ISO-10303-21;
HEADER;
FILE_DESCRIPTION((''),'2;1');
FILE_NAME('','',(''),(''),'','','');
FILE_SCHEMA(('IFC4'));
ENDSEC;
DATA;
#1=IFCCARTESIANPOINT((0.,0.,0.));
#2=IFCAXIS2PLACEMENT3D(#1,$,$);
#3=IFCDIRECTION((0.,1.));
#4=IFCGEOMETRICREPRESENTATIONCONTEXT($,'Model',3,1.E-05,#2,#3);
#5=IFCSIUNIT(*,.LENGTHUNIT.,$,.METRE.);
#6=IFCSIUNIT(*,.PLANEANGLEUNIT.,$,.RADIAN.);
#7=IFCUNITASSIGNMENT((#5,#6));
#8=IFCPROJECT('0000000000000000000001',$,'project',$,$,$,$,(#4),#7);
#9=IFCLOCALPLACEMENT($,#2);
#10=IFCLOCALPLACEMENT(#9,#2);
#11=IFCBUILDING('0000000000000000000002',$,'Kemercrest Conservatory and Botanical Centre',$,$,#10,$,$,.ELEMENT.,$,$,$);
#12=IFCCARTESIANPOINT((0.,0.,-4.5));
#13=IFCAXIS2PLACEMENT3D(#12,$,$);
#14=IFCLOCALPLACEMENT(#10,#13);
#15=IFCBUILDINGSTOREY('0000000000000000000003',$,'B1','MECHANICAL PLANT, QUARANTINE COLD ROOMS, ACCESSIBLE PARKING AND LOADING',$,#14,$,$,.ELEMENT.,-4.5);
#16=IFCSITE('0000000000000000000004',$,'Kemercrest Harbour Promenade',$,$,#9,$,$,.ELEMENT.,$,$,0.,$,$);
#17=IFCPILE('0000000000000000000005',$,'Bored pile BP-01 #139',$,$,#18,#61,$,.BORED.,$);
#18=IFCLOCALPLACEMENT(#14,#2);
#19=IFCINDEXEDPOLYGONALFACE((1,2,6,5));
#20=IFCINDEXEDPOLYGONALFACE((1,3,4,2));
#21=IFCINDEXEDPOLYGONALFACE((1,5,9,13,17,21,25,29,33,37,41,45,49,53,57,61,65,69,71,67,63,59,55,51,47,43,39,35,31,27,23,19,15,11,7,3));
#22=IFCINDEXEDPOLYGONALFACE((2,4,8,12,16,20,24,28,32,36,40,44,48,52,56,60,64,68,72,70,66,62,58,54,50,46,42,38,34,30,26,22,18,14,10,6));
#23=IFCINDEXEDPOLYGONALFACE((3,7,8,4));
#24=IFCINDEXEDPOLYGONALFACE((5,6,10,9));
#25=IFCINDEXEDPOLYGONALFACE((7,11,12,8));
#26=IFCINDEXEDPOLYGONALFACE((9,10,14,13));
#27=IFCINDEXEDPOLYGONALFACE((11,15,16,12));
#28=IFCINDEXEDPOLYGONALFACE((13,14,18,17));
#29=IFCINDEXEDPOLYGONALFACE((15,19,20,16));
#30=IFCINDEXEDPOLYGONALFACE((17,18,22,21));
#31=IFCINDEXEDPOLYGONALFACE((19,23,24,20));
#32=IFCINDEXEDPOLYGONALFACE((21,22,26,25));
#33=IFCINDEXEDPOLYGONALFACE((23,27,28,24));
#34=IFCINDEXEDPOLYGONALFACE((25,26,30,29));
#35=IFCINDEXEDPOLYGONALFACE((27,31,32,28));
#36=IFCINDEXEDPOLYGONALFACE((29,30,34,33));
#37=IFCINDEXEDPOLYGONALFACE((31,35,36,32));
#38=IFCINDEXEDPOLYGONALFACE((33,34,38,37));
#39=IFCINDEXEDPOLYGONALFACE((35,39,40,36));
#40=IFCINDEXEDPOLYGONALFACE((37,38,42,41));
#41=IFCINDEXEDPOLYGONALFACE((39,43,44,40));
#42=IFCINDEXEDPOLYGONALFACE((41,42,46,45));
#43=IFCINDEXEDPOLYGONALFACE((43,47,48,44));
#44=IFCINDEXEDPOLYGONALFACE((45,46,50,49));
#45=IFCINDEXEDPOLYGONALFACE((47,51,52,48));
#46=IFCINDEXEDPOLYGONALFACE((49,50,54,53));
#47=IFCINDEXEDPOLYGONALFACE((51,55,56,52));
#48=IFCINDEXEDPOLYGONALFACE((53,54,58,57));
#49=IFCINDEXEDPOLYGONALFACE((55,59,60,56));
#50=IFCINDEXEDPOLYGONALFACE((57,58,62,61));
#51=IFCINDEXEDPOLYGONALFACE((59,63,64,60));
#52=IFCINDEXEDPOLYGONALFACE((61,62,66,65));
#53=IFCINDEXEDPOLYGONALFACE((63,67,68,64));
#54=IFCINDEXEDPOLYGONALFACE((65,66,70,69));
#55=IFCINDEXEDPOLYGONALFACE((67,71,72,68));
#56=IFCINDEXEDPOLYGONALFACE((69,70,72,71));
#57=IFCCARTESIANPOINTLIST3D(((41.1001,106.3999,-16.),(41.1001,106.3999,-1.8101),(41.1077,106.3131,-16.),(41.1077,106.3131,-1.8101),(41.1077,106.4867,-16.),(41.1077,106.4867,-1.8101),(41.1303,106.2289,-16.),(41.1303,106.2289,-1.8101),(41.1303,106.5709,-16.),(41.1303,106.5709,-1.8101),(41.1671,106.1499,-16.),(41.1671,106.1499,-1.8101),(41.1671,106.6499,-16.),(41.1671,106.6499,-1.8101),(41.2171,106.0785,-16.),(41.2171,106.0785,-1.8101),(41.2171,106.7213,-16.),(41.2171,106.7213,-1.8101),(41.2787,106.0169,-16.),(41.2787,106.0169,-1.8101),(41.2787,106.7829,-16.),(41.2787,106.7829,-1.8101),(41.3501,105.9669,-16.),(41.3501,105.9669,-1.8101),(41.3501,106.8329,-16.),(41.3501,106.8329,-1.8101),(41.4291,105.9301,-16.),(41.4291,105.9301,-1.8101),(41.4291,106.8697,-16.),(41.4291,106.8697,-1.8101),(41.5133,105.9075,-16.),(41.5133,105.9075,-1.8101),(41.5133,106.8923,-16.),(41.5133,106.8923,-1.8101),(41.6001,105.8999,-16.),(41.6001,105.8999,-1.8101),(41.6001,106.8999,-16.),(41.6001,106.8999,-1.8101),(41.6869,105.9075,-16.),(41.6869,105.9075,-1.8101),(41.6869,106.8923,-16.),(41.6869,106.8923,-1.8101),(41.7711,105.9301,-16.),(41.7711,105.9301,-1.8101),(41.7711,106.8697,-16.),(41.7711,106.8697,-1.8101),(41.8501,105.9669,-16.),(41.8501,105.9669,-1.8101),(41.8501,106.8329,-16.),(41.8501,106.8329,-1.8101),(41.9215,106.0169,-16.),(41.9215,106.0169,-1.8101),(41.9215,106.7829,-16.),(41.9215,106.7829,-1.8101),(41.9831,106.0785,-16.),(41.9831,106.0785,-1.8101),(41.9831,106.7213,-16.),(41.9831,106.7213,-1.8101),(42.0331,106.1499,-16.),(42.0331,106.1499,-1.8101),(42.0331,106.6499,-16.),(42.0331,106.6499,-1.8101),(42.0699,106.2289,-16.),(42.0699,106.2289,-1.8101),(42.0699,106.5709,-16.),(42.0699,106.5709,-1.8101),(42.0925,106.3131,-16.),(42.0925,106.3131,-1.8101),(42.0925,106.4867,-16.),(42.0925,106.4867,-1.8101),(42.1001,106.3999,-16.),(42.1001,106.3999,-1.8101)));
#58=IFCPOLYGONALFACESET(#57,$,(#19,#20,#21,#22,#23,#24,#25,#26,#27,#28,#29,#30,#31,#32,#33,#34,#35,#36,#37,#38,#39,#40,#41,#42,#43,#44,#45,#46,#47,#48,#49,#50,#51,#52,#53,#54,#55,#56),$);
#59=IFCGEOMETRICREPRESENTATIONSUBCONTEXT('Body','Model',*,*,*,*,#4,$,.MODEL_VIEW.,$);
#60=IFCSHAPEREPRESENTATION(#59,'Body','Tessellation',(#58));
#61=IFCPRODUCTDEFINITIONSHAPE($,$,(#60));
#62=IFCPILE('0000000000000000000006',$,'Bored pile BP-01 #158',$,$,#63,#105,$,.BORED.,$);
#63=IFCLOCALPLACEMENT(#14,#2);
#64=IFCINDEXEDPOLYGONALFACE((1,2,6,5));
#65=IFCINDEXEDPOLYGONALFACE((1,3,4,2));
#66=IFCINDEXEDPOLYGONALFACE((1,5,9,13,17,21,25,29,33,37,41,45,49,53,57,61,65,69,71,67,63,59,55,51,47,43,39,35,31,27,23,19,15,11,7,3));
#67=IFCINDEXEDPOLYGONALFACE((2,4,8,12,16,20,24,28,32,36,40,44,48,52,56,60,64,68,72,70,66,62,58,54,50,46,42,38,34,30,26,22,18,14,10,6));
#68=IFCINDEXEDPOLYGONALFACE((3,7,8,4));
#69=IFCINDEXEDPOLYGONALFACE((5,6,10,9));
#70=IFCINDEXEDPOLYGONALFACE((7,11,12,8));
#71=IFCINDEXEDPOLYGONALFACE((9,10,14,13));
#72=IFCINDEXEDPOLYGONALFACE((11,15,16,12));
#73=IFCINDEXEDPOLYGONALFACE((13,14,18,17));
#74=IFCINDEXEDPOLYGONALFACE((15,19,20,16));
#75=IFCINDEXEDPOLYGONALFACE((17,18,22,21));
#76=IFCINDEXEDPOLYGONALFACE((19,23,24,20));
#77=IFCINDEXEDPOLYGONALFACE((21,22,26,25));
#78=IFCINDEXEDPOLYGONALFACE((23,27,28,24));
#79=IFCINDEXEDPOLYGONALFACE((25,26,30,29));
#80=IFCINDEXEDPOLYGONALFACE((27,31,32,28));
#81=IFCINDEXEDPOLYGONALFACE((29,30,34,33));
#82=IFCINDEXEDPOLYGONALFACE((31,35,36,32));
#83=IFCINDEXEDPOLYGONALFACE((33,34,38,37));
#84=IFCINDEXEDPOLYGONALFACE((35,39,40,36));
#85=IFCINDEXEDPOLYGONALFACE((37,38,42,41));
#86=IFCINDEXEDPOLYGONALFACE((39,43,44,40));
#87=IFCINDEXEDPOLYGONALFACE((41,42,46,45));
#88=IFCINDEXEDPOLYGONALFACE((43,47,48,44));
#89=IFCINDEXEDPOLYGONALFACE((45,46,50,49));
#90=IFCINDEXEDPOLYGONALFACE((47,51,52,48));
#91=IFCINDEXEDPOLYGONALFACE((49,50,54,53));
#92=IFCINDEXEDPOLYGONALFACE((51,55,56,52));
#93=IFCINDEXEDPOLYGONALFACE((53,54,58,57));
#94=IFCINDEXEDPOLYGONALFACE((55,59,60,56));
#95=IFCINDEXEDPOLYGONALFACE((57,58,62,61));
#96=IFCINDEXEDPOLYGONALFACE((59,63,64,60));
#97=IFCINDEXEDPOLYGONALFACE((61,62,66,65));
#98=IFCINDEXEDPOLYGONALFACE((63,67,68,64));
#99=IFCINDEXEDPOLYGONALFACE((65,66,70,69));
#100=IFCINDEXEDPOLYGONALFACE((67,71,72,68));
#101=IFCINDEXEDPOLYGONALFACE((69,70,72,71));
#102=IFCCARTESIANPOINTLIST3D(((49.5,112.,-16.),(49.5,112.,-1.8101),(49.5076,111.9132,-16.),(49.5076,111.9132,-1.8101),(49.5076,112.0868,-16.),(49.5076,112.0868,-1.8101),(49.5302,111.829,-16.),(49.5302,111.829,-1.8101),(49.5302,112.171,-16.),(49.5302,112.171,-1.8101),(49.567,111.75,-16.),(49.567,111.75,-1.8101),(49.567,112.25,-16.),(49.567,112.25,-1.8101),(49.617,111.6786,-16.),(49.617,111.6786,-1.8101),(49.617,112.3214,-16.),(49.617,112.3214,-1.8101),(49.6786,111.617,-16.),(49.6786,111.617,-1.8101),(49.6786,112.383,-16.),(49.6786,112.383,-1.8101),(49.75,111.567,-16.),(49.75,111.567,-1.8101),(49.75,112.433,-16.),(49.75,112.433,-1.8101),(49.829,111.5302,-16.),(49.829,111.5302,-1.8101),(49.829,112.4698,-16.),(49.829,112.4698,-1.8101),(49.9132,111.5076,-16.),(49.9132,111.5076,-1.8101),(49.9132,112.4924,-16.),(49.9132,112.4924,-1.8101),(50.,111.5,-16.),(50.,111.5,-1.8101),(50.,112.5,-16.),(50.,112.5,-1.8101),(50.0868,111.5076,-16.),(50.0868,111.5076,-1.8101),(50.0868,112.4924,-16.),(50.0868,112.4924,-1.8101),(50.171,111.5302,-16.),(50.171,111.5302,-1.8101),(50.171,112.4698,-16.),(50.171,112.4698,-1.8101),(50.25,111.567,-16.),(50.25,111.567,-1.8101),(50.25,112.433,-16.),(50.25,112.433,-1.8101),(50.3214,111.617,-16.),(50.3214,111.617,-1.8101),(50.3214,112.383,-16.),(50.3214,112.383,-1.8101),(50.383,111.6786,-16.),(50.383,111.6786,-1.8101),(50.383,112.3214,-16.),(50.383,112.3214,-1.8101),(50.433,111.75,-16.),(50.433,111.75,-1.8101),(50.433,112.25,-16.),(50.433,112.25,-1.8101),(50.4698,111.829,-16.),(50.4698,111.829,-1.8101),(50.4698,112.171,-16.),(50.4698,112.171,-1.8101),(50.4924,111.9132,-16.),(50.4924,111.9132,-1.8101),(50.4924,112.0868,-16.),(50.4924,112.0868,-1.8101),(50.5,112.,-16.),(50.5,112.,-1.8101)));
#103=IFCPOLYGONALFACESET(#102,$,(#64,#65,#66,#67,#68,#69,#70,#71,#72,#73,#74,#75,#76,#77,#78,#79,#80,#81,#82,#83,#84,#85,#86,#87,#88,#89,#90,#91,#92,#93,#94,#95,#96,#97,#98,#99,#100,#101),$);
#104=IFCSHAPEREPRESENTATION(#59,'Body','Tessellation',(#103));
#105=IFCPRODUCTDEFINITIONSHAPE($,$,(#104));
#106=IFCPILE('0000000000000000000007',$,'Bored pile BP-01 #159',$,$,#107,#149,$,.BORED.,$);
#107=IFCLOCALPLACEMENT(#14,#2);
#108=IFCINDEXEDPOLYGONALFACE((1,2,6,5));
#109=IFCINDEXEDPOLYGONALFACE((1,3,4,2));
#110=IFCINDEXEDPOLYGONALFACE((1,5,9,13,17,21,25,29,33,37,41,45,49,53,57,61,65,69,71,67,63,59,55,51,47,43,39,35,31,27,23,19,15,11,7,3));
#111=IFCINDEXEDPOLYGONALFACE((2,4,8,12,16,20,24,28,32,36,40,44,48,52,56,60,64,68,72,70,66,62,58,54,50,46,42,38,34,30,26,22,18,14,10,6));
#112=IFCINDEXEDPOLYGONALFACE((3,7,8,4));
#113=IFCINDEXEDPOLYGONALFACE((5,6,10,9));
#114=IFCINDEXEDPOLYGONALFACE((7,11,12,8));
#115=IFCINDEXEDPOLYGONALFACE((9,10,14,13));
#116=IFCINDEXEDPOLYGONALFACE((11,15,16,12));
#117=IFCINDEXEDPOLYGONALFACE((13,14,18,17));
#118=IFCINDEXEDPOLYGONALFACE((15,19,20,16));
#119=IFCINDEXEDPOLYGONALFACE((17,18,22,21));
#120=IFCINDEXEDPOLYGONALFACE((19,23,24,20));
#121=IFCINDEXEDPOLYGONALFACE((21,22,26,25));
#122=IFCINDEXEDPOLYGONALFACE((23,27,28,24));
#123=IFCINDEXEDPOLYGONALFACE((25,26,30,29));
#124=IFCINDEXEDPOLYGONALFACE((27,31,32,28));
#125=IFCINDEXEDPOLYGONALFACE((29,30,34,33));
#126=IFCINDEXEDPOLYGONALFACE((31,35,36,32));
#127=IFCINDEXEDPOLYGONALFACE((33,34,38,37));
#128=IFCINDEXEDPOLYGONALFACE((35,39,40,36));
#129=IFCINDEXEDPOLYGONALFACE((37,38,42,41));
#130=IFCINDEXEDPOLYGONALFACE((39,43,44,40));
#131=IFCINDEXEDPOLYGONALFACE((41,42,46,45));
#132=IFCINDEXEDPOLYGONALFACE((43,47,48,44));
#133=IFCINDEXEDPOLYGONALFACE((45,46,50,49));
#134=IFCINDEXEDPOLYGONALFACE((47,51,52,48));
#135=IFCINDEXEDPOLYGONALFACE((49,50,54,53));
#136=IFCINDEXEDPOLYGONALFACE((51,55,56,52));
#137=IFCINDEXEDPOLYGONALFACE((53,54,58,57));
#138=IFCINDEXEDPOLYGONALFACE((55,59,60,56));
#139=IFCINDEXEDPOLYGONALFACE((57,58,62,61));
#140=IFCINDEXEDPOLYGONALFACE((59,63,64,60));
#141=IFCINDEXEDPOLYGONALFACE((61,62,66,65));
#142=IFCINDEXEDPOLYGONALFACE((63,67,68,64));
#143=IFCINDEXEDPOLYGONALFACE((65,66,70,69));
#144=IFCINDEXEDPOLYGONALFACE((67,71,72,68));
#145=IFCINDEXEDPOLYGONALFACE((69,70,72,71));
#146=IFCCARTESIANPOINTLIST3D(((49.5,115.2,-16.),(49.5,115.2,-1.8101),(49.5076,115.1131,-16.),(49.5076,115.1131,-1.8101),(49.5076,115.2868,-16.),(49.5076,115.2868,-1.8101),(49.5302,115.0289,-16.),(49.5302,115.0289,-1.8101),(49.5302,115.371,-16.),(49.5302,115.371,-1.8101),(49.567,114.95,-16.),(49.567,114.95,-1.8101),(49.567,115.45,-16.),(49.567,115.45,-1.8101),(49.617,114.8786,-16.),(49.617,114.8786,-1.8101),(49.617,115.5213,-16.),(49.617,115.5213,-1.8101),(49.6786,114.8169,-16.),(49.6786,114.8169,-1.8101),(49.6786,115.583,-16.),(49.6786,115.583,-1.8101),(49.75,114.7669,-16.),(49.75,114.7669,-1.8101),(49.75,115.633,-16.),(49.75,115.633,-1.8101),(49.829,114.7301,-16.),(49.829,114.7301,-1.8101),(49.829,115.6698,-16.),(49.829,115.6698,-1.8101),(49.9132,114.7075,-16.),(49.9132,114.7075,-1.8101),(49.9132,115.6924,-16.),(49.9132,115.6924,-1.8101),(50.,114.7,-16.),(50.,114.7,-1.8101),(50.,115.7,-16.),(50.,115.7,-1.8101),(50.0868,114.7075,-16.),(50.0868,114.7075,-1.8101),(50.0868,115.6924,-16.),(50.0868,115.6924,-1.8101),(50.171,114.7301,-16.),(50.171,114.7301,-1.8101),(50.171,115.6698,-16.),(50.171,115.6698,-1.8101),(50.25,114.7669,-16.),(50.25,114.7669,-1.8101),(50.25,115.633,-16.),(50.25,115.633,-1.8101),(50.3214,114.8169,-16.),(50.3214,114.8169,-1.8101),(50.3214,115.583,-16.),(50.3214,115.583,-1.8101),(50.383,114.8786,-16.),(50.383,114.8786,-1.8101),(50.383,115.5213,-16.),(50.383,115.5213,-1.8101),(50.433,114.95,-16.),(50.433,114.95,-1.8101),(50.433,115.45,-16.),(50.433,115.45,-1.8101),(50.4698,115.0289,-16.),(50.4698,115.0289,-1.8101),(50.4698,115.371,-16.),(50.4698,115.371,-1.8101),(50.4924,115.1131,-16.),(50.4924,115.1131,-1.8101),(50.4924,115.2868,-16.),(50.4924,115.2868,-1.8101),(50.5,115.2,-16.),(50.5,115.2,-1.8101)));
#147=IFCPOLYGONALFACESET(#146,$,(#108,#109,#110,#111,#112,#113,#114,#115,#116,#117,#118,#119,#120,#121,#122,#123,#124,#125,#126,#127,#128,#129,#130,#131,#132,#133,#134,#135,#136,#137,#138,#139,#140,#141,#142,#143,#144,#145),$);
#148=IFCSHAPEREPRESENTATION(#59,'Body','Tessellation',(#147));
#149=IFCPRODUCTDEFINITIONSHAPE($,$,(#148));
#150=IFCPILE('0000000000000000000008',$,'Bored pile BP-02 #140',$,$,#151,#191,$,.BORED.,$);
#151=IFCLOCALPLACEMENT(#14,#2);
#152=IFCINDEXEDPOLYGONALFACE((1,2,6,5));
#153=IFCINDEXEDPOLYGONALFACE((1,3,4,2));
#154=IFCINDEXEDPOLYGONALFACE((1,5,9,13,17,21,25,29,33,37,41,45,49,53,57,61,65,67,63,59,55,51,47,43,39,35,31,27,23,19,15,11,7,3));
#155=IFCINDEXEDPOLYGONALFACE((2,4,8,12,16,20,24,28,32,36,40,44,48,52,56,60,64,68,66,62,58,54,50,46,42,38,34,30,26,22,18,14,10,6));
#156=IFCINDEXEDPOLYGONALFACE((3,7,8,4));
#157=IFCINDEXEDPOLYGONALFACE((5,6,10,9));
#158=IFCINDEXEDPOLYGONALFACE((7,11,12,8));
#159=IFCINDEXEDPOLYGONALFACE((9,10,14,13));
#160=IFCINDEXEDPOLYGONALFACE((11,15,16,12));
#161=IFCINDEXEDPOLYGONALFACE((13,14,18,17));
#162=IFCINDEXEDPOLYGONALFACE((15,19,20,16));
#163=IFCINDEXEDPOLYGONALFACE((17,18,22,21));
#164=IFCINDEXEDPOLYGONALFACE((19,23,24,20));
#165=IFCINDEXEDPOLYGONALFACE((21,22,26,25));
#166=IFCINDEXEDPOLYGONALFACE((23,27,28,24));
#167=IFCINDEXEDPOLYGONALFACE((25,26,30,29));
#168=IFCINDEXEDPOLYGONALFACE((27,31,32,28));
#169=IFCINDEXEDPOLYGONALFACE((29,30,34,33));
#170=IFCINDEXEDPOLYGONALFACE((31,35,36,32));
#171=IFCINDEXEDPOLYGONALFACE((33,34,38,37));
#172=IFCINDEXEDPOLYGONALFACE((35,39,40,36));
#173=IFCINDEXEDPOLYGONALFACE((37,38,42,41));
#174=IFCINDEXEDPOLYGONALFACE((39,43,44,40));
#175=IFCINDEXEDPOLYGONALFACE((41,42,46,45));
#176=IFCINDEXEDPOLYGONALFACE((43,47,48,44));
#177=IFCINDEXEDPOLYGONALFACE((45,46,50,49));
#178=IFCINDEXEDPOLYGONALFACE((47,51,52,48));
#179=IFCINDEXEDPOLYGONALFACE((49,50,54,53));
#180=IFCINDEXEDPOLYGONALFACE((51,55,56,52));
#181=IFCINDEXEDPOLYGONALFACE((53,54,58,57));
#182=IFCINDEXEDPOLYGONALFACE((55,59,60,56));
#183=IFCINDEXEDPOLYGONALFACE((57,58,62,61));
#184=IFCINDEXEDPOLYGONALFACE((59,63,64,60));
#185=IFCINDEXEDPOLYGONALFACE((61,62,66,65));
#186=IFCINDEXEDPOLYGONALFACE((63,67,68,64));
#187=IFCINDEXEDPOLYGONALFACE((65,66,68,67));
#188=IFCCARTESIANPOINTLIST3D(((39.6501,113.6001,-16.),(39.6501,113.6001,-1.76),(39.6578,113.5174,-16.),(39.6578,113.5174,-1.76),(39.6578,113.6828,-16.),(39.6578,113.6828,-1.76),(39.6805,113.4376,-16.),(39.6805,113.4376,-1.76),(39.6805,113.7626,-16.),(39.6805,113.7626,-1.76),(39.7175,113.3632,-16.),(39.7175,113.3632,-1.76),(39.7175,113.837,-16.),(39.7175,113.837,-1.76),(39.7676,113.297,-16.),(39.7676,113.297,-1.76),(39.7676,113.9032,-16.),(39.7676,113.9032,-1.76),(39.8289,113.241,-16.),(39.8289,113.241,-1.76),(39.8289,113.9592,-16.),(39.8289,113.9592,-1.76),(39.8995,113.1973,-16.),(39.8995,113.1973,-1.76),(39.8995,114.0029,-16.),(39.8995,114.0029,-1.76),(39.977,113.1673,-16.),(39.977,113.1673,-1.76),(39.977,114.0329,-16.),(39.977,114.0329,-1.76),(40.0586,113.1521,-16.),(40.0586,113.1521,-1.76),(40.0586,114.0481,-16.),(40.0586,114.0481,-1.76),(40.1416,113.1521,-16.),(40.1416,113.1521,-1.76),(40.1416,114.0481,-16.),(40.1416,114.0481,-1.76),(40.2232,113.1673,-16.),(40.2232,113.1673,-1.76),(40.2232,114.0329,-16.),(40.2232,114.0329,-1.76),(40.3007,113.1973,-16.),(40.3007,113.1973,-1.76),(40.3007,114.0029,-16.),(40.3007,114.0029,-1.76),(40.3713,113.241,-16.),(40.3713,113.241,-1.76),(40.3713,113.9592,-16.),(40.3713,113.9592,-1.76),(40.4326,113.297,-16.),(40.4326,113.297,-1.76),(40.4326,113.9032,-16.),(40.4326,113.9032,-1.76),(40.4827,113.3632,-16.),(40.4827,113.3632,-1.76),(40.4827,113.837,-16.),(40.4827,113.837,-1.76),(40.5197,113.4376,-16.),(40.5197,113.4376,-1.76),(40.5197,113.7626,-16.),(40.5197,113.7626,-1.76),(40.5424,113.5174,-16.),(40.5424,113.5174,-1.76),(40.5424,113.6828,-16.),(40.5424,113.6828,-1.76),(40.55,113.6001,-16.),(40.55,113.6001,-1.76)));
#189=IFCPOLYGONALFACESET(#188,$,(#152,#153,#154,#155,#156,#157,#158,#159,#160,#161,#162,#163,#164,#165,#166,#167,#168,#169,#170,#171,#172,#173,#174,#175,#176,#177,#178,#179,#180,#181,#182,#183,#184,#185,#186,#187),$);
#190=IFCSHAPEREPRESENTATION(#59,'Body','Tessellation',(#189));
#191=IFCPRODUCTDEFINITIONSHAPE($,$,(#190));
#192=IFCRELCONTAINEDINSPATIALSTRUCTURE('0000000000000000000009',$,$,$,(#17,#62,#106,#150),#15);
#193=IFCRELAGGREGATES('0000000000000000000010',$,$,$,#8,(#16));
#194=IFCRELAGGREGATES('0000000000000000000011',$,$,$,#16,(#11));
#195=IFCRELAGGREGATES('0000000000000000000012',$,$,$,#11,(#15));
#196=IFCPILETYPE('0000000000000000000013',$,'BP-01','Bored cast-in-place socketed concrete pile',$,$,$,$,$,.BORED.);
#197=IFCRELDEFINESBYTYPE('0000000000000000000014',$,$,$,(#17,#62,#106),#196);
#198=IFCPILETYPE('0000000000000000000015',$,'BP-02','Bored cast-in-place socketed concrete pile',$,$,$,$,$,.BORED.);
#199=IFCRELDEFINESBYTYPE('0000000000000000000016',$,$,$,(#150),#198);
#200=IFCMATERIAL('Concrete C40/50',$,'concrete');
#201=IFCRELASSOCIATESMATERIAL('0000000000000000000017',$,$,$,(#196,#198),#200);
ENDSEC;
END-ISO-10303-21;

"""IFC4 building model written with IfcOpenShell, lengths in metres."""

from ifc_helpers import new_model, si_unit, direction, frame, origin, origin_2d, place, context, subcontext, project, spatial, circle, extrude, material, material_profile, profile_set, type_object, element, save


model = new_model("IFC4")

# Units and contexts
model_context = context("Model", 3, precision=1e-05, world=origin(), true_north=direction((0.0, 1.0)))
body_context = subcontext(model_context, "Body", "Model", "MODEL_VIEW")
ifc_project = project(units=[si_unit("LENGTHUNIT", "METRE"), si_unit("PLANEANGLEUNIT", "RADIAN")], contexts=[model_context])

# Site, building, storey
site_placement = place(None, origin())
site = spatial("IfcSite", under=ifc_project, at=site_placement, Name="Kemercrest Harbour Promenade", CompositionType="ELEMENT", RefElevation=0.0)
building_placement = place(site_placement, origin())
building = spatial("IfcBuilding", under=site, at=building_placement, Name="Kemercrest Conservatory and Botanical Centre", CompositionType="ELEMENT")
storey_placement = place(building_placement, frame((0.0, 0.0, -4.5)))
storey = spatial("IfcBuildingStorey", under=building, at=storey_placement, Name="B1", Description="MECHANICAL PLANT, QUARANTINE COLD ROOMS, ACCESSIBLE PARKING AND LOADING", CompositionType="ELEMENT", Elevation=-4.5)

# Piles
ifc_material_1 = material(Name="Concrete C40/50", Category="concrete")
ifc_material_profile_1 = material_profile(ifc_material_1, circle(Radius=0.5, at=origin_2d()), Name="BORED PILE 1000")
ifc_profile_set_1 = profile_set([ifc_material_profile_1], Name="Concrete C40/50")
pile_type_1 = type_object("IfcPileType", Name="BP-01", Description="Bored cast-in-place socketed concrete pile", PredefinedType="BORED", material=ifc_profile_set_1)
for number, where, z_axis, x_axis, name in (
    (1, (41.6001, 106.3999, -1.8101), (0.0, 0.0, -1.0), (1.0, 0.0, 0.0), "Bored pile BP-01 #139"),
    (2, (50.0, 112.0, -1.8101), (0.0, 0.0, -1.0), (1.0, 0.0, 0.0), "Bored pile BP-01 #158"),
    (3, (50.0, 115.2, -1.8101), (0.0, 0.0, -1.0), (1.0, 0.0, 0.0), "Bored pile BP-01 #159"),
):
    element("IfcPile", number, at=place(storey_placement, frame(where, z_axis=z_axis, x_axis=x_axis)), inside=storey, type_object=pile_type_1, Name=name, PredefinedType="BORED", context=body_context, shape_type="SweptSolid", body=[
        extrude(circle(Radius=0.5, at=origin_2d()), origin(), (0.0, 0.0, 1.0), 14.1899),
    ])
ifc_material_profile_2 = material_profile(ifc_material_1, circle(Radius=0.45, at=origin_2d()), Name="BORED PILE 900")
ifc_profile_set_2 = profile_set([ifc_material_profile_2], Name="Concrete C40/50")
pile_type_2 = type_object("IfcPileType", Name="BP-02", Description="Bored cast-in-place socketed concrete pile", PredefinedType="BORED", material=ifc_profile_set_2)
for number, where, z_axis, x_axis, name in (
    (4, (40.1001, 113.6001, -1.76), (0.0, 0.0, -1.0), (1.0, 0.0, 0.0), "Bored pile BP-02 #140"),
):
    element("IfcPile", number, at=place(storey_placement, frame(where, z_axis=z_axis, x_axis=x_axis)), inside=storey, type_object=pile_type_2, Name=name, PredefinedType="BORED", context=body_context, shape_type="SweptSolid", body=[
        extrude(circle(Radius=0.45, at=origin_2d()), origin(), (0.0, 0.0, 1.0), 14.24),
    ])

save(model, "model.ifc")
